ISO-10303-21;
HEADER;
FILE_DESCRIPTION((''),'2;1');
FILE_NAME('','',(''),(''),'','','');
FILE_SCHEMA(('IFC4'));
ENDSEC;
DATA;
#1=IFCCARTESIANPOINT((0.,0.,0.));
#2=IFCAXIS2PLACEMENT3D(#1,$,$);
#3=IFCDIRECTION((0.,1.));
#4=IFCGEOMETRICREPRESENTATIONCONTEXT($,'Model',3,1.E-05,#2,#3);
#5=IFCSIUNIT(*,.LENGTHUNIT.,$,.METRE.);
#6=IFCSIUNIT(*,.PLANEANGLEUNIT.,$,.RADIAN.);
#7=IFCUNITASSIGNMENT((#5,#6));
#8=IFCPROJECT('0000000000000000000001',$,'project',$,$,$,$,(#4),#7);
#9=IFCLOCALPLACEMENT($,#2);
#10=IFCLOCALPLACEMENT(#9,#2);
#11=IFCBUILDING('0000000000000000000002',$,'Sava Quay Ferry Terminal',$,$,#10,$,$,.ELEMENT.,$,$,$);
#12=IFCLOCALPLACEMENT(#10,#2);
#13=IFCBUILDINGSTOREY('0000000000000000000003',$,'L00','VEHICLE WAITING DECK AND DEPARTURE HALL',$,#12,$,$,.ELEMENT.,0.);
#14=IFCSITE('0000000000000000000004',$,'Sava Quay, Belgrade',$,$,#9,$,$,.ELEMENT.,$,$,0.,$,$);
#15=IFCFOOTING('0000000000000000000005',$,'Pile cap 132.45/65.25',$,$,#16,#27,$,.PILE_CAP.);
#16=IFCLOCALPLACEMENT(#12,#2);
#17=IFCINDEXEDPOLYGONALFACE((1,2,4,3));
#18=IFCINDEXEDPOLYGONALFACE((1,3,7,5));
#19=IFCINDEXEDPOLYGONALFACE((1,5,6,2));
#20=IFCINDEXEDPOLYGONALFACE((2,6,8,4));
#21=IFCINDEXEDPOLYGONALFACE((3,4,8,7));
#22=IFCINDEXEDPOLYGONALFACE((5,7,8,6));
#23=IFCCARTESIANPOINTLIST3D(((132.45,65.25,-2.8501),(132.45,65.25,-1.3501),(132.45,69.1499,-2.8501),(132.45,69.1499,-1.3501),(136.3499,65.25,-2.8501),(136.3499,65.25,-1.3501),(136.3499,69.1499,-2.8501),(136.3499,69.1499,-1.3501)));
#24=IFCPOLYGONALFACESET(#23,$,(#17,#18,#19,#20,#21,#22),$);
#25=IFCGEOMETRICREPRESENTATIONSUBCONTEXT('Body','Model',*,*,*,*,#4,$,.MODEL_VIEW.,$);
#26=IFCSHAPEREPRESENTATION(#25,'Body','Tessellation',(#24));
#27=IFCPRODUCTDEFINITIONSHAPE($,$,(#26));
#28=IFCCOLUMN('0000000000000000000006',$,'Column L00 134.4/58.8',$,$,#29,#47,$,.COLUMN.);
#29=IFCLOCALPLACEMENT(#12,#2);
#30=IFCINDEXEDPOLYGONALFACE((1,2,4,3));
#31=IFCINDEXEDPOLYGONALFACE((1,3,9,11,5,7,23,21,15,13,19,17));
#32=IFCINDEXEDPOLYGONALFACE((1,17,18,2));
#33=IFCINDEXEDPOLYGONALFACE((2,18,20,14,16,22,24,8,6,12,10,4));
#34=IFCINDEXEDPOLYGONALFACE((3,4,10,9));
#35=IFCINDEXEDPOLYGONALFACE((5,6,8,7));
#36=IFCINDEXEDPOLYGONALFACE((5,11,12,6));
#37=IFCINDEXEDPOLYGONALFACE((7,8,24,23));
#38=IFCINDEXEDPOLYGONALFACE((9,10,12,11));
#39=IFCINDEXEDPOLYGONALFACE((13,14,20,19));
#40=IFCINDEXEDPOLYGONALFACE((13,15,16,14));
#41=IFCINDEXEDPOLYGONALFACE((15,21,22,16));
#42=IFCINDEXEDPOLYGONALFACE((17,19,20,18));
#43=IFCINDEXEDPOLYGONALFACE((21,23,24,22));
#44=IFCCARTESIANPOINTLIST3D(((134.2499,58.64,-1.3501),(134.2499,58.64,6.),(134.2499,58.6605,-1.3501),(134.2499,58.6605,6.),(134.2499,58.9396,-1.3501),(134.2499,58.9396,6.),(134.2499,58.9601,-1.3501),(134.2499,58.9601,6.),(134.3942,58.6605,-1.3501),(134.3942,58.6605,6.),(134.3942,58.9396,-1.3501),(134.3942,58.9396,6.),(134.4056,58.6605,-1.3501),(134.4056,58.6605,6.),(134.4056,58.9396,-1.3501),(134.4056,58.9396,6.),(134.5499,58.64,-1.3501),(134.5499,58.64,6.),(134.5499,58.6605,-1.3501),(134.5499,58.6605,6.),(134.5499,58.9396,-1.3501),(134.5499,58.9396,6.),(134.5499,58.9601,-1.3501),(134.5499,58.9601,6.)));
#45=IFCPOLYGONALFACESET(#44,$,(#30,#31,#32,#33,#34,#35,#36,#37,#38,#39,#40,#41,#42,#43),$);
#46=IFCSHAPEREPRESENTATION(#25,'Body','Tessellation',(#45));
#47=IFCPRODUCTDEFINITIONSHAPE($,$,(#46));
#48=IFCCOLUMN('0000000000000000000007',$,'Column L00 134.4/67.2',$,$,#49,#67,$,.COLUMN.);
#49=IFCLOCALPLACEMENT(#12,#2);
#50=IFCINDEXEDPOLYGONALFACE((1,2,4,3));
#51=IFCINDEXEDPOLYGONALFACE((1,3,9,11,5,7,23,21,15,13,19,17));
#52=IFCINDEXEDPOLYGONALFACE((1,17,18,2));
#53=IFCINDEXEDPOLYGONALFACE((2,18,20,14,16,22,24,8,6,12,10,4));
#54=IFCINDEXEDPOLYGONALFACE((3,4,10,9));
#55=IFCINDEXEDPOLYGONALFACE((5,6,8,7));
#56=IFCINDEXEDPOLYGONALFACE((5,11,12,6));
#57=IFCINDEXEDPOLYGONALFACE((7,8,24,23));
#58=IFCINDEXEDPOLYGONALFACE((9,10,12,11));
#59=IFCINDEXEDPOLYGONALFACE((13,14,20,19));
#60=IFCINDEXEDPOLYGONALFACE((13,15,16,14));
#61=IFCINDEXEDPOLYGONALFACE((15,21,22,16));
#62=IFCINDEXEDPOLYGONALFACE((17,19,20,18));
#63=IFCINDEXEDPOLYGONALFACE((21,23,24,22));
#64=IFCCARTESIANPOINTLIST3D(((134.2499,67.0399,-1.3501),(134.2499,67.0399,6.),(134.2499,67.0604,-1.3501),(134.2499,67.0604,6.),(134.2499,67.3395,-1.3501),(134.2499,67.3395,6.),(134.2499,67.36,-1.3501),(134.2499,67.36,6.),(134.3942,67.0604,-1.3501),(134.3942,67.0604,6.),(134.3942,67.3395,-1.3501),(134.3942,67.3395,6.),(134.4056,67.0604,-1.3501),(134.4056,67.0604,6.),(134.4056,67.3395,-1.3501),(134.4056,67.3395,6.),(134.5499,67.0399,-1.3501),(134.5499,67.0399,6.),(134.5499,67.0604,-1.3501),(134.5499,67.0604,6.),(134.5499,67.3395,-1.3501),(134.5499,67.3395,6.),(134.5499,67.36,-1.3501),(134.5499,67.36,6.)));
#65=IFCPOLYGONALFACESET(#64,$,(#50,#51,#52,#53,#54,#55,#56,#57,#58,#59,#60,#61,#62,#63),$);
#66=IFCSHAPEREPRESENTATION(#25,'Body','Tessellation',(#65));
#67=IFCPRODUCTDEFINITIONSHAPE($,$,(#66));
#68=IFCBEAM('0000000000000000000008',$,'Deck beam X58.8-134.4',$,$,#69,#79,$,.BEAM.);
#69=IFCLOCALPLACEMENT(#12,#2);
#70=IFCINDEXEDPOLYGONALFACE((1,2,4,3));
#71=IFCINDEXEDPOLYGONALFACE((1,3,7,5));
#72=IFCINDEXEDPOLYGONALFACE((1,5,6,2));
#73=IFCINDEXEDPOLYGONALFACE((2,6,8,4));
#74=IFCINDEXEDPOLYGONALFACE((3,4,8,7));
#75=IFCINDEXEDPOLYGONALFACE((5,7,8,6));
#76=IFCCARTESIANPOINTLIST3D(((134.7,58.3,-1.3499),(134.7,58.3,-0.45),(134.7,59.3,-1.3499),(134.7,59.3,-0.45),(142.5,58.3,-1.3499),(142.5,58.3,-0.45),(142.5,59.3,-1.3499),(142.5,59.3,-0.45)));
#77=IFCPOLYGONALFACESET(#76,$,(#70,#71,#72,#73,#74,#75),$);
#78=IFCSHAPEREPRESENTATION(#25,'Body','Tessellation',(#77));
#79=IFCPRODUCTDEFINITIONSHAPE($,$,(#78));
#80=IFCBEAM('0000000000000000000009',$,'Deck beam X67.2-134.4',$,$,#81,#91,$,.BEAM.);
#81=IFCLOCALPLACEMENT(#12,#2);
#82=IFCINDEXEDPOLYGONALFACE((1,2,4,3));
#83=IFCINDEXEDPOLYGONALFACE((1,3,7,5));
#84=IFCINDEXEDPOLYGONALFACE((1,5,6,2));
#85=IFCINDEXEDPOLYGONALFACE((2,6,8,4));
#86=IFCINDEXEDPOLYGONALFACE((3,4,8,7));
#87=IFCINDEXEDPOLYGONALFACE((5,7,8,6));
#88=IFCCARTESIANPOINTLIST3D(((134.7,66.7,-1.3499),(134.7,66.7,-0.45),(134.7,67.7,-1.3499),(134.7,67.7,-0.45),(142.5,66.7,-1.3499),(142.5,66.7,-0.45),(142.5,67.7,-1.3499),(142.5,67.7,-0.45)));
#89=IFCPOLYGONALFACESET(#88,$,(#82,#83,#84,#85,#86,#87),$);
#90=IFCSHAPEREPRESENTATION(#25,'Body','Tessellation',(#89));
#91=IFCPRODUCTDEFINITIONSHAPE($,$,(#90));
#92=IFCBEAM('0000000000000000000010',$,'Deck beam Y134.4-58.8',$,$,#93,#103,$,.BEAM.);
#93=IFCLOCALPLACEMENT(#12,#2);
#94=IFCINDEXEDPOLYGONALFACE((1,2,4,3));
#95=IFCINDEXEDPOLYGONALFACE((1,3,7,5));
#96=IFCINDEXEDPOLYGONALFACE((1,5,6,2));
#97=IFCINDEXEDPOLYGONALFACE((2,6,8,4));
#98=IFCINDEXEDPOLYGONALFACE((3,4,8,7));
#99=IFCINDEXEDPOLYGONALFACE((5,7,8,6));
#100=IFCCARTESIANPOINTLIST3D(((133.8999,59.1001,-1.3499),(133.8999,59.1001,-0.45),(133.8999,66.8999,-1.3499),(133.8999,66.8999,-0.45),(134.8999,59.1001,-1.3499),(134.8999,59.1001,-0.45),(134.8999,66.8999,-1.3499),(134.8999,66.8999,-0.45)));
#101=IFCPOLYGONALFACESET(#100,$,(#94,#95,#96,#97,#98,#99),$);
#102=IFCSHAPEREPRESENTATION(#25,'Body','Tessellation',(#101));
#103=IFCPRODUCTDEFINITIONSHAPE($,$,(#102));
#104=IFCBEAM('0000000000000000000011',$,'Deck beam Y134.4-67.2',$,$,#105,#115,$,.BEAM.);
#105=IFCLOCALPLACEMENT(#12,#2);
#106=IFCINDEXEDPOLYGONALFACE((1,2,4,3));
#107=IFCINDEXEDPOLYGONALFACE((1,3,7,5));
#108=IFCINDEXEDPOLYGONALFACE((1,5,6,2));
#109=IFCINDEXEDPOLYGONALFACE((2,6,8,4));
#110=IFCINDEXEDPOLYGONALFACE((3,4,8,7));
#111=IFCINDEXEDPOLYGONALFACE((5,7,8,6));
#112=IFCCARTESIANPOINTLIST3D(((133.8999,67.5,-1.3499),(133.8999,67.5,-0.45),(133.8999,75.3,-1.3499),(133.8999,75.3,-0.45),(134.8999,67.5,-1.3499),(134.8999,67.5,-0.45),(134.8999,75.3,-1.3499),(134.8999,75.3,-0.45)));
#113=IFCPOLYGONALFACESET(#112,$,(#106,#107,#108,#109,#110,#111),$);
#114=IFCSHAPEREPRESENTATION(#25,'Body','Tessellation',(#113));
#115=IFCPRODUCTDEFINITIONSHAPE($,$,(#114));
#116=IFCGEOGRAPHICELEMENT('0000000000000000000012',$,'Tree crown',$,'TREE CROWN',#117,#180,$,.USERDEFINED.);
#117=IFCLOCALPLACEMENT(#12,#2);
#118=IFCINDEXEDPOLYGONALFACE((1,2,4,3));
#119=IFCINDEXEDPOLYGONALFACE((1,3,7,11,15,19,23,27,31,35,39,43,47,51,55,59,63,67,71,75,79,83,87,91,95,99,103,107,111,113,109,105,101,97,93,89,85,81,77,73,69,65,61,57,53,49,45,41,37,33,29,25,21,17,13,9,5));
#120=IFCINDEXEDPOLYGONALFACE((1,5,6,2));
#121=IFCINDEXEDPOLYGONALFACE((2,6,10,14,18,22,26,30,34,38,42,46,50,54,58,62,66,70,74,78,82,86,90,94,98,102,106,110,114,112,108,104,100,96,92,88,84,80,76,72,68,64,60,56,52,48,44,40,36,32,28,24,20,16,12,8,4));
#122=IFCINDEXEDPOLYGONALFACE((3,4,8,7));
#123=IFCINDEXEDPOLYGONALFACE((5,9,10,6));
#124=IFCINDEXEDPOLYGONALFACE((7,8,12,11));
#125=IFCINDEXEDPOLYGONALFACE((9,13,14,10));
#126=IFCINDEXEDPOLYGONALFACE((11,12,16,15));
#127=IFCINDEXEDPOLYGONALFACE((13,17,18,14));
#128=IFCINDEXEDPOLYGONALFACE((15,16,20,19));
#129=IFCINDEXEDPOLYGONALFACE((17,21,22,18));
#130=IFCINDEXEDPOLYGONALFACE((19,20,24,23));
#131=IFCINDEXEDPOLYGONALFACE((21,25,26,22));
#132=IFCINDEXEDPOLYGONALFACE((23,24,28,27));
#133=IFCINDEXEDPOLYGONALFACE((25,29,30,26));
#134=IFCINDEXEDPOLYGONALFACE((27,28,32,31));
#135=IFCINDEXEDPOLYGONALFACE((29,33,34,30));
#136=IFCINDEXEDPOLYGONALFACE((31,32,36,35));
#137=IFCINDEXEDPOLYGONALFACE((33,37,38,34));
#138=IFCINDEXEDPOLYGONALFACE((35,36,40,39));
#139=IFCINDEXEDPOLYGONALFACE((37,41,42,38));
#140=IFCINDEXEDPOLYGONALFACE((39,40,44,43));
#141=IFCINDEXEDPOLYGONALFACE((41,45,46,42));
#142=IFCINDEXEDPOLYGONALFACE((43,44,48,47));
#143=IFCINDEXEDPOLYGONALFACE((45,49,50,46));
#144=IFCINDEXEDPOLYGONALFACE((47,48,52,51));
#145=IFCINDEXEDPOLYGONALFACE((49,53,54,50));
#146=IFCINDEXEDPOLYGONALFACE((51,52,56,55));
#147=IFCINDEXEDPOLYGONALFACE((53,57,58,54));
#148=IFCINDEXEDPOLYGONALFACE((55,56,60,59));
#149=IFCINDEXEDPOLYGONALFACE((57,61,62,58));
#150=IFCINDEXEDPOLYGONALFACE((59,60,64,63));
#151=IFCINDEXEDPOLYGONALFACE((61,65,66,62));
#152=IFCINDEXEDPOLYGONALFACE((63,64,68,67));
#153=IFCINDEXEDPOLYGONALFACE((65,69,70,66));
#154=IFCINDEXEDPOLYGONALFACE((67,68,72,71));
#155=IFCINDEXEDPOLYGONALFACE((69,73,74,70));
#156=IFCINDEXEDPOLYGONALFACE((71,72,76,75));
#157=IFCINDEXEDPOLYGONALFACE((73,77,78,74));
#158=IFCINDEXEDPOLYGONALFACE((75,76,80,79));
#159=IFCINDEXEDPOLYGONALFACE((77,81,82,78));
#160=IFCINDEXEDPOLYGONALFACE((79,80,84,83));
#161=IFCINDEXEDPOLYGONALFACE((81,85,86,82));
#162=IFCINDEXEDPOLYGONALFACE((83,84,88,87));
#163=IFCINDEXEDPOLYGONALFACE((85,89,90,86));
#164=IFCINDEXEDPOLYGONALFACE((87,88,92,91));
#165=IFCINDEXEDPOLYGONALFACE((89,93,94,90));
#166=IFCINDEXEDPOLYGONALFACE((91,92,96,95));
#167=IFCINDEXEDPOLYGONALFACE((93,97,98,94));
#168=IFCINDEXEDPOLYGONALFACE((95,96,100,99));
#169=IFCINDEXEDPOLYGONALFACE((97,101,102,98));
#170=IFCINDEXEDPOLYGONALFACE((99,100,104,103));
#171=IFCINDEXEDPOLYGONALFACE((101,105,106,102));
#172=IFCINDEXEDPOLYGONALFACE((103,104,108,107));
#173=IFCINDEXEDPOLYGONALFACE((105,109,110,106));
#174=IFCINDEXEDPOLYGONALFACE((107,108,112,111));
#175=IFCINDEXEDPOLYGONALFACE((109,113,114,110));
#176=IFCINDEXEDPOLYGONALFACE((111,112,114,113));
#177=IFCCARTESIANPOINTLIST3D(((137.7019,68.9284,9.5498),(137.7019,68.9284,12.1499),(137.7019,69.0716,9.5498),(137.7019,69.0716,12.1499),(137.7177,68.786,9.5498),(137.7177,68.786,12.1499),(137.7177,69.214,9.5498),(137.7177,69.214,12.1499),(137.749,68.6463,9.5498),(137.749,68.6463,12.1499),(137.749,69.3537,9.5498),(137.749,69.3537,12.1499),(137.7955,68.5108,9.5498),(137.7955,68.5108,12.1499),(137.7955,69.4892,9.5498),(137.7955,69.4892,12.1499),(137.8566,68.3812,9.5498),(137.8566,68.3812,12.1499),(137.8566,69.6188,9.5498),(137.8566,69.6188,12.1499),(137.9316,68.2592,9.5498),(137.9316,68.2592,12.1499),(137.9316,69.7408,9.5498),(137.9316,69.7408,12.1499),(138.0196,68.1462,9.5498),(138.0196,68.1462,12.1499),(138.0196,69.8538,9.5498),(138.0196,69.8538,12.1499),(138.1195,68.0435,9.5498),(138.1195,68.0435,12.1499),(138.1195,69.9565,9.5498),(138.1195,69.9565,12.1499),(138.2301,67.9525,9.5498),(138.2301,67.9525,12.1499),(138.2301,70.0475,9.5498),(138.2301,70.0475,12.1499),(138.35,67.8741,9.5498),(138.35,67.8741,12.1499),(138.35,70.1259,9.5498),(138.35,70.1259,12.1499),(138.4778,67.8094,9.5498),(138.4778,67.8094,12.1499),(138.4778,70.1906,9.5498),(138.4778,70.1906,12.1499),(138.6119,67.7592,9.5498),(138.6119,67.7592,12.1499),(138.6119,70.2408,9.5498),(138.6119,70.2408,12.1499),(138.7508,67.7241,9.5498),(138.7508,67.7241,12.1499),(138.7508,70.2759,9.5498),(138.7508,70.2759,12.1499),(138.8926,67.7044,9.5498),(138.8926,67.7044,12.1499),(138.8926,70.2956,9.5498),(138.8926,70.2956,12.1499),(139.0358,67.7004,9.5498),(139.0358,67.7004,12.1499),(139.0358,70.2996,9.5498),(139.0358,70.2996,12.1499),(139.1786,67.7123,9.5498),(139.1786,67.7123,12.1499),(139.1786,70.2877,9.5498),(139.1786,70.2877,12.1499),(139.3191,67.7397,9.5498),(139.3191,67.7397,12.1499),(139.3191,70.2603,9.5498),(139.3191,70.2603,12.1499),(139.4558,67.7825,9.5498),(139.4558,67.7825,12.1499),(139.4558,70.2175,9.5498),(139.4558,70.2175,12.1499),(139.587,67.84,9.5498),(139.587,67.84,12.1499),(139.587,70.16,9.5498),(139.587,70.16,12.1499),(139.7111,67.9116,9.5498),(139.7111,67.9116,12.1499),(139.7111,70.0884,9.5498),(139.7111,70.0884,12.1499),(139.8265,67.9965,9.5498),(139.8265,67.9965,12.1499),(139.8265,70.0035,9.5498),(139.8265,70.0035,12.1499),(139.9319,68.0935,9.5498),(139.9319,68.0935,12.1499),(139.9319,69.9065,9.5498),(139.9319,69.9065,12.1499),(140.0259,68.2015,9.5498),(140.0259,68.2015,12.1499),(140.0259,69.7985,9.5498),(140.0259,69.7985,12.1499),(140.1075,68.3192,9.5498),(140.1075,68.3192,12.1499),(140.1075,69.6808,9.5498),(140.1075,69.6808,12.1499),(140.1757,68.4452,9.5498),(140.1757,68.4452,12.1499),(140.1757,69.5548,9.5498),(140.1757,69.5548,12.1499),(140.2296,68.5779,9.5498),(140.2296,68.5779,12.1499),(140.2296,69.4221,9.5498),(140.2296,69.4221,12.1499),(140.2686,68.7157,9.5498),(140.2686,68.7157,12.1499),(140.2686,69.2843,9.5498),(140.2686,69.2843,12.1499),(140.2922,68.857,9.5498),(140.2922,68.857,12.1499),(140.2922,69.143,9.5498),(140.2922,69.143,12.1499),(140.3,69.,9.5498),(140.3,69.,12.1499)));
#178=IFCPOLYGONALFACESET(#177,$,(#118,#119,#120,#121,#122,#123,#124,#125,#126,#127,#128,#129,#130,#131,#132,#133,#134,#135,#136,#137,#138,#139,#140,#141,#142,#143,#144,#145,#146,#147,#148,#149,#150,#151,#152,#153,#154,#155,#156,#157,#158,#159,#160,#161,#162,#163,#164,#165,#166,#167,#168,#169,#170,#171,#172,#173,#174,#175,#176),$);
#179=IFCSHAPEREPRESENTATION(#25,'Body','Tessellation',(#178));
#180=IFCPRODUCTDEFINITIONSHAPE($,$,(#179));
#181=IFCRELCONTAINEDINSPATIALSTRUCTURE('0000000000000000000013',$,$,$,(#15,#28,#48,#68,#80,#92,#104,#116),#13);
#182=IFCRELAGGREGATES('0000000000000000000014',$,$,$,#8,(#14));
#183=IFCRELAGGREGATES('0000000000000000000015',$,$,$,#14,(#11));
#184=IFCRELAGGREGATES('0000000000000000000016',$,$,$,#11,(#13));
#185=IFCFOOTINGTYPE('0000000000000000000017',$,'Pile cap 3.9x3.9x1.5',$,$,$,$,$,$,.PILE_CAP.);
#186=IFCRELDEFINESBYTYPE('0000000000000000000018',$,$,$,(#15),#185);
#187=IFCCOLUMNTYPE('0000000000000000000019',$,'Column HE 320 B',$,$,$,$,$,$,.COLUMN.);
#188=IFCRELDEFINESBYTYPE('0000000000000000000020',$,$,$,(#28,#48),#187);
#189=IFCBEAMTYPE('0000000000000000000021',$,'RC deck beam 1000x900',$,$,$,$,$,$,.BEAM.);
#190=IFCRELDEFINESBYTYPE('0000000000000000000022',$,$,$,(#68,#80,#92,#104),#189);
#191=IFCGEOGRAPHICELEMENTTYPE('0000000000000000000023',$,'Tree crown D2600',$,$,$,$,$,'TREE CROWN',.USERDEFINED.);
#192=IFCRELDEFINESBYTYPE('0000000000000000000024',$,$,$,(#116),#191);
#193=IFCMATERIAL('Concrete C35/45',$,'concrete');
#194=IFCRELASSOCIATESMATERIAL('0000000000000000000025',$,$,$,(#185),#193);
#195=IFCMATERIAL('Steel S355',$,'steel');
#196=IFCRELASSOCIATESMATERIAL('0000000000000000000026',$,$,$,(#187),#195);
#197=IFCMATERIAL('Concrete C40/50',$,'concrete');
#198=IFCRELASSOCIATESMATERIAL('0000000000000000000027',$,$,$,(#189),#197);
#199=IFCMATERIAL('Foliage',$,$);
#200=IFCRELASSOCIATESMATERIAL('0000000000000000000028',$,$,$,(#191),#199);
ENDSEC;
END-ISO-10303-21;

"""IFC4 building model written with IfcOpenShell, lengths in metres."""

from ifc_helpers import new_model, si_unit, direction, frame, origin, origin_2d, place, context, subcontext, project, spatial, rectangle, circle, i_section, extrude, material, material_profile, profile_set, type_object, element, save


model = new_model("IFC4")

# Units and contexts
model_context = context("Model", 3, precision=1e-05, world=origin(), true_north=direction((0.0, 1.0)))
body_context = subcontext(model_context, "Body", "Model", "MODEL_VIEW")
ifc_project = project(units=[si_unit("LENGTHUNIT", "METRE"), si_unit("PLANEANGLEUNIT", "RADIAN")], contexts=[model_context])

# Site, building, storey
site_placement = place(None, origin())
site = spatial("IfcSite", under=ifc_project, at=site_placement, Name="Sava Quay, Belgrade", CompositionType="ELEMENT", RefElevation=0.0)
building_placement = place(site_placement, origin())
building = spatial("IfcBuilding", under=site, at=building_placement, Name="Sava Quay Ferry Terminal", CompositionType="ELEMENT")
storey_placement = place(building_placement, origin())
storey = spatial("IfcBuildingStorey", under=building, at=storey_placement, Name="L00", Description="VEHICLE WAITING DECK AND DEPARTURE HALL", CompositionType="ELEMENT", Elevation=0.0)

# Footing
ifc_material_1 = material(Name="Concrete C35/45", Category="concrete")
footing_type = type_object("IfcFootingType", Name="Pile cap 3.9x3.9x1.5", PredefinedType="PILE_CAP", material=ifc_material_1)
for number, where, z_axis, x_axis, name in (
    (1, (134.3999, 67.2, -2.8501), (0.0, 0.0, 1.0), (1.0, 0.0, 0.0), "Pile cap 132.45/65.25"),
):
    element("IfcFooting", number, at=place(storey_placement, frame(where, z_axis=z_axis, x_axis=x_axis)), inside=storey, type_object=footing_type, Name=name, PredefinedType="PILE_CAP", context=body_context, shape_type="SweptSolid", body=[
        extrude(rectangle(XDim=3.8999, YDim=3.8999, at=origin_2d()), origin(), (0.0, 0.0, 1.0), 1.5),
    ])

# Columns
ifc_material_2 = material(Name="Steel S355", Category="steel")
ifc_material_profile_1 = material_profile(ifc_material_2, i_section(OverallWidth=0.3, OverallDepth=0.3201, WebThickness=0.0115, FlangeThickness=0.0205, at=origin_2d()), Name="HE 320 B")
ifc_profile_set_1 = profile_set([ifc_material_profile_1], Name="Steel S355")
column_type = type_object("IfcColumnType", Name="Column HE 320 B", PredefinedType="COLUMN", material=ifc_profile_set_1)
for number, where, z_axis, x_axis, name in (
    (2, (134.3999, 58.8, -1.3501), (0.0, 0.0, 1.0), (1.0, 0.0, 0.0), "Column L00 134.4/58.8"),
    (3, (134.3999, 67.2, -1.3501), (0.0, 0.0, 1.0), (1.0, 0.0, 0.0), "Column L00 134.4/67.2"),
):
    element("IfcColumn", number, at=place(storey_placement, frame(where, z_axis=z_axis, x_axis=x_axis)), inside=storey, type_object=column_type, Name=name, PredefinedType="COLUMN", context=body_context, shape_type="SweptSolid", body=[
        extrude(i_section(OverallWidth=0.3, OverallDepth=0.3201, WebThickness=0.0115, FlangeThickness=0.0205, at=origin_2d()), origin(), (0.0, 0.0, 1.0), 7.3501),
    ])

# Beams
ifc_material_3 = material(Name="Concrete C40/50", Category="concrete")
ifc_material_profile_2 = material_profile(ifc_material_3, rectangle(XDim=1.0, YDim=0.8999, at=origin_2d()), Name="RC 1000x900")
ifc_profile_set_2 = profile_set([ifc_material_profile_2], Name="Concrete C40/50")
beam_type = type_object("IfcBeamType", Name="RC deck beam 1000x900", PredefinedType="BEAM", material=ifc_profile_set_2)
for number, where, z_axis, x_axis, name in (
    (4, (134.7, 58.8, -0.8999), (1.0, 0.0, 0.0), (0.0, 1.0, 0.0), "Deck beam X58.8-134.4"),
    (5, (134.7, 67.2, -0.8999), (1.0, 0.0, 0.0), (0.0, 1.0, 0.0), "Deck beam X67.2-134.4"),
):
    element("IfcBeam", number, at=place(storey_placement, frame(where, z_axis=z_axis, x_axis=x_axis)), inside=storey, type_object=beam_type, Name=name, PredefinedType="BEAM", context=body_context, shape_type="SweptSolid", body=[
        extrude(rectangle(XDim=1.0, YDim=0.8999, at=origin_2d()), origin(), (0.0, 0.0, 1.0), 7.8),
    ])
beam_1_placement = place(storey_placement, frame((134.3999, 59.1001, -0.8999), z_axis=(0.0, 1.0, 0.0), x_axis=(-1.0, 0.0, 0.0)))
element("IfcBeam", 6, at=beam_1_placement, inside=storey, type_object=beam_type, Name="Deck beam Y134.4-58.8", PredefinedType="BEAM", context=body_context, shape_type="SweptSolid", body=[
    extrude(rectangle(XDim=1.0, YDim=0.8999, at=origin_2d()), origin(), (0.0, 0.0, 1.0), 7.7998),
])
beam_2_placement = place(storey_placement, frame((134.3999, 67.5, -0.8999), z_axis=(0.0, 1.0, 0.0), x_axis=(-1.0, 0.0, 0.0)))
element("IfcBeam", 7, at=beam_2_placement, inside=storey, type_object=beam_type, Name="Deck beam Y134.4-67.2", PredefinedType="BEAM", context=body_context, shape_type="SweptSolid", body=[
    extrude(rectangle(XDim=1.0, YDim=0.8999, at=origin_2d()), origin(), (0.0, 0.0, 1.0), 7.8),
])

# Geographic element
ifc_material_4 = material(Name="Foliage")
geographic_element_type_1 = type_object("IfcGeographicElementType", Name="Tree crown D2600", ElementType="TREE CROWN", PredefinedType="USERDEFINED", material=ifc_material_4)
geographic_element_1_placement = place(storey_placement, frame((139.0, 69.0, 12.1499), z_axis=(0.0, 0.0, -1.0), x_axis=(1.0, 0.0, 0.0)))
element("IfcGeographicElement", 8, at=geographic_element_1_placement, inside=storey, type_object=geographic_element_type_1, Name="Tree crown", ObjectType="TREE CROWN", PredefinedType="USERDEFINED", context=body_context, shape_type="SweptSolid", body=[
    extrude(circle(Radius=1.3, at=origin_2d()), origin(), (0.0, 0.0, 1.0), 2.6001),
])

save(model, "model.ifc")
